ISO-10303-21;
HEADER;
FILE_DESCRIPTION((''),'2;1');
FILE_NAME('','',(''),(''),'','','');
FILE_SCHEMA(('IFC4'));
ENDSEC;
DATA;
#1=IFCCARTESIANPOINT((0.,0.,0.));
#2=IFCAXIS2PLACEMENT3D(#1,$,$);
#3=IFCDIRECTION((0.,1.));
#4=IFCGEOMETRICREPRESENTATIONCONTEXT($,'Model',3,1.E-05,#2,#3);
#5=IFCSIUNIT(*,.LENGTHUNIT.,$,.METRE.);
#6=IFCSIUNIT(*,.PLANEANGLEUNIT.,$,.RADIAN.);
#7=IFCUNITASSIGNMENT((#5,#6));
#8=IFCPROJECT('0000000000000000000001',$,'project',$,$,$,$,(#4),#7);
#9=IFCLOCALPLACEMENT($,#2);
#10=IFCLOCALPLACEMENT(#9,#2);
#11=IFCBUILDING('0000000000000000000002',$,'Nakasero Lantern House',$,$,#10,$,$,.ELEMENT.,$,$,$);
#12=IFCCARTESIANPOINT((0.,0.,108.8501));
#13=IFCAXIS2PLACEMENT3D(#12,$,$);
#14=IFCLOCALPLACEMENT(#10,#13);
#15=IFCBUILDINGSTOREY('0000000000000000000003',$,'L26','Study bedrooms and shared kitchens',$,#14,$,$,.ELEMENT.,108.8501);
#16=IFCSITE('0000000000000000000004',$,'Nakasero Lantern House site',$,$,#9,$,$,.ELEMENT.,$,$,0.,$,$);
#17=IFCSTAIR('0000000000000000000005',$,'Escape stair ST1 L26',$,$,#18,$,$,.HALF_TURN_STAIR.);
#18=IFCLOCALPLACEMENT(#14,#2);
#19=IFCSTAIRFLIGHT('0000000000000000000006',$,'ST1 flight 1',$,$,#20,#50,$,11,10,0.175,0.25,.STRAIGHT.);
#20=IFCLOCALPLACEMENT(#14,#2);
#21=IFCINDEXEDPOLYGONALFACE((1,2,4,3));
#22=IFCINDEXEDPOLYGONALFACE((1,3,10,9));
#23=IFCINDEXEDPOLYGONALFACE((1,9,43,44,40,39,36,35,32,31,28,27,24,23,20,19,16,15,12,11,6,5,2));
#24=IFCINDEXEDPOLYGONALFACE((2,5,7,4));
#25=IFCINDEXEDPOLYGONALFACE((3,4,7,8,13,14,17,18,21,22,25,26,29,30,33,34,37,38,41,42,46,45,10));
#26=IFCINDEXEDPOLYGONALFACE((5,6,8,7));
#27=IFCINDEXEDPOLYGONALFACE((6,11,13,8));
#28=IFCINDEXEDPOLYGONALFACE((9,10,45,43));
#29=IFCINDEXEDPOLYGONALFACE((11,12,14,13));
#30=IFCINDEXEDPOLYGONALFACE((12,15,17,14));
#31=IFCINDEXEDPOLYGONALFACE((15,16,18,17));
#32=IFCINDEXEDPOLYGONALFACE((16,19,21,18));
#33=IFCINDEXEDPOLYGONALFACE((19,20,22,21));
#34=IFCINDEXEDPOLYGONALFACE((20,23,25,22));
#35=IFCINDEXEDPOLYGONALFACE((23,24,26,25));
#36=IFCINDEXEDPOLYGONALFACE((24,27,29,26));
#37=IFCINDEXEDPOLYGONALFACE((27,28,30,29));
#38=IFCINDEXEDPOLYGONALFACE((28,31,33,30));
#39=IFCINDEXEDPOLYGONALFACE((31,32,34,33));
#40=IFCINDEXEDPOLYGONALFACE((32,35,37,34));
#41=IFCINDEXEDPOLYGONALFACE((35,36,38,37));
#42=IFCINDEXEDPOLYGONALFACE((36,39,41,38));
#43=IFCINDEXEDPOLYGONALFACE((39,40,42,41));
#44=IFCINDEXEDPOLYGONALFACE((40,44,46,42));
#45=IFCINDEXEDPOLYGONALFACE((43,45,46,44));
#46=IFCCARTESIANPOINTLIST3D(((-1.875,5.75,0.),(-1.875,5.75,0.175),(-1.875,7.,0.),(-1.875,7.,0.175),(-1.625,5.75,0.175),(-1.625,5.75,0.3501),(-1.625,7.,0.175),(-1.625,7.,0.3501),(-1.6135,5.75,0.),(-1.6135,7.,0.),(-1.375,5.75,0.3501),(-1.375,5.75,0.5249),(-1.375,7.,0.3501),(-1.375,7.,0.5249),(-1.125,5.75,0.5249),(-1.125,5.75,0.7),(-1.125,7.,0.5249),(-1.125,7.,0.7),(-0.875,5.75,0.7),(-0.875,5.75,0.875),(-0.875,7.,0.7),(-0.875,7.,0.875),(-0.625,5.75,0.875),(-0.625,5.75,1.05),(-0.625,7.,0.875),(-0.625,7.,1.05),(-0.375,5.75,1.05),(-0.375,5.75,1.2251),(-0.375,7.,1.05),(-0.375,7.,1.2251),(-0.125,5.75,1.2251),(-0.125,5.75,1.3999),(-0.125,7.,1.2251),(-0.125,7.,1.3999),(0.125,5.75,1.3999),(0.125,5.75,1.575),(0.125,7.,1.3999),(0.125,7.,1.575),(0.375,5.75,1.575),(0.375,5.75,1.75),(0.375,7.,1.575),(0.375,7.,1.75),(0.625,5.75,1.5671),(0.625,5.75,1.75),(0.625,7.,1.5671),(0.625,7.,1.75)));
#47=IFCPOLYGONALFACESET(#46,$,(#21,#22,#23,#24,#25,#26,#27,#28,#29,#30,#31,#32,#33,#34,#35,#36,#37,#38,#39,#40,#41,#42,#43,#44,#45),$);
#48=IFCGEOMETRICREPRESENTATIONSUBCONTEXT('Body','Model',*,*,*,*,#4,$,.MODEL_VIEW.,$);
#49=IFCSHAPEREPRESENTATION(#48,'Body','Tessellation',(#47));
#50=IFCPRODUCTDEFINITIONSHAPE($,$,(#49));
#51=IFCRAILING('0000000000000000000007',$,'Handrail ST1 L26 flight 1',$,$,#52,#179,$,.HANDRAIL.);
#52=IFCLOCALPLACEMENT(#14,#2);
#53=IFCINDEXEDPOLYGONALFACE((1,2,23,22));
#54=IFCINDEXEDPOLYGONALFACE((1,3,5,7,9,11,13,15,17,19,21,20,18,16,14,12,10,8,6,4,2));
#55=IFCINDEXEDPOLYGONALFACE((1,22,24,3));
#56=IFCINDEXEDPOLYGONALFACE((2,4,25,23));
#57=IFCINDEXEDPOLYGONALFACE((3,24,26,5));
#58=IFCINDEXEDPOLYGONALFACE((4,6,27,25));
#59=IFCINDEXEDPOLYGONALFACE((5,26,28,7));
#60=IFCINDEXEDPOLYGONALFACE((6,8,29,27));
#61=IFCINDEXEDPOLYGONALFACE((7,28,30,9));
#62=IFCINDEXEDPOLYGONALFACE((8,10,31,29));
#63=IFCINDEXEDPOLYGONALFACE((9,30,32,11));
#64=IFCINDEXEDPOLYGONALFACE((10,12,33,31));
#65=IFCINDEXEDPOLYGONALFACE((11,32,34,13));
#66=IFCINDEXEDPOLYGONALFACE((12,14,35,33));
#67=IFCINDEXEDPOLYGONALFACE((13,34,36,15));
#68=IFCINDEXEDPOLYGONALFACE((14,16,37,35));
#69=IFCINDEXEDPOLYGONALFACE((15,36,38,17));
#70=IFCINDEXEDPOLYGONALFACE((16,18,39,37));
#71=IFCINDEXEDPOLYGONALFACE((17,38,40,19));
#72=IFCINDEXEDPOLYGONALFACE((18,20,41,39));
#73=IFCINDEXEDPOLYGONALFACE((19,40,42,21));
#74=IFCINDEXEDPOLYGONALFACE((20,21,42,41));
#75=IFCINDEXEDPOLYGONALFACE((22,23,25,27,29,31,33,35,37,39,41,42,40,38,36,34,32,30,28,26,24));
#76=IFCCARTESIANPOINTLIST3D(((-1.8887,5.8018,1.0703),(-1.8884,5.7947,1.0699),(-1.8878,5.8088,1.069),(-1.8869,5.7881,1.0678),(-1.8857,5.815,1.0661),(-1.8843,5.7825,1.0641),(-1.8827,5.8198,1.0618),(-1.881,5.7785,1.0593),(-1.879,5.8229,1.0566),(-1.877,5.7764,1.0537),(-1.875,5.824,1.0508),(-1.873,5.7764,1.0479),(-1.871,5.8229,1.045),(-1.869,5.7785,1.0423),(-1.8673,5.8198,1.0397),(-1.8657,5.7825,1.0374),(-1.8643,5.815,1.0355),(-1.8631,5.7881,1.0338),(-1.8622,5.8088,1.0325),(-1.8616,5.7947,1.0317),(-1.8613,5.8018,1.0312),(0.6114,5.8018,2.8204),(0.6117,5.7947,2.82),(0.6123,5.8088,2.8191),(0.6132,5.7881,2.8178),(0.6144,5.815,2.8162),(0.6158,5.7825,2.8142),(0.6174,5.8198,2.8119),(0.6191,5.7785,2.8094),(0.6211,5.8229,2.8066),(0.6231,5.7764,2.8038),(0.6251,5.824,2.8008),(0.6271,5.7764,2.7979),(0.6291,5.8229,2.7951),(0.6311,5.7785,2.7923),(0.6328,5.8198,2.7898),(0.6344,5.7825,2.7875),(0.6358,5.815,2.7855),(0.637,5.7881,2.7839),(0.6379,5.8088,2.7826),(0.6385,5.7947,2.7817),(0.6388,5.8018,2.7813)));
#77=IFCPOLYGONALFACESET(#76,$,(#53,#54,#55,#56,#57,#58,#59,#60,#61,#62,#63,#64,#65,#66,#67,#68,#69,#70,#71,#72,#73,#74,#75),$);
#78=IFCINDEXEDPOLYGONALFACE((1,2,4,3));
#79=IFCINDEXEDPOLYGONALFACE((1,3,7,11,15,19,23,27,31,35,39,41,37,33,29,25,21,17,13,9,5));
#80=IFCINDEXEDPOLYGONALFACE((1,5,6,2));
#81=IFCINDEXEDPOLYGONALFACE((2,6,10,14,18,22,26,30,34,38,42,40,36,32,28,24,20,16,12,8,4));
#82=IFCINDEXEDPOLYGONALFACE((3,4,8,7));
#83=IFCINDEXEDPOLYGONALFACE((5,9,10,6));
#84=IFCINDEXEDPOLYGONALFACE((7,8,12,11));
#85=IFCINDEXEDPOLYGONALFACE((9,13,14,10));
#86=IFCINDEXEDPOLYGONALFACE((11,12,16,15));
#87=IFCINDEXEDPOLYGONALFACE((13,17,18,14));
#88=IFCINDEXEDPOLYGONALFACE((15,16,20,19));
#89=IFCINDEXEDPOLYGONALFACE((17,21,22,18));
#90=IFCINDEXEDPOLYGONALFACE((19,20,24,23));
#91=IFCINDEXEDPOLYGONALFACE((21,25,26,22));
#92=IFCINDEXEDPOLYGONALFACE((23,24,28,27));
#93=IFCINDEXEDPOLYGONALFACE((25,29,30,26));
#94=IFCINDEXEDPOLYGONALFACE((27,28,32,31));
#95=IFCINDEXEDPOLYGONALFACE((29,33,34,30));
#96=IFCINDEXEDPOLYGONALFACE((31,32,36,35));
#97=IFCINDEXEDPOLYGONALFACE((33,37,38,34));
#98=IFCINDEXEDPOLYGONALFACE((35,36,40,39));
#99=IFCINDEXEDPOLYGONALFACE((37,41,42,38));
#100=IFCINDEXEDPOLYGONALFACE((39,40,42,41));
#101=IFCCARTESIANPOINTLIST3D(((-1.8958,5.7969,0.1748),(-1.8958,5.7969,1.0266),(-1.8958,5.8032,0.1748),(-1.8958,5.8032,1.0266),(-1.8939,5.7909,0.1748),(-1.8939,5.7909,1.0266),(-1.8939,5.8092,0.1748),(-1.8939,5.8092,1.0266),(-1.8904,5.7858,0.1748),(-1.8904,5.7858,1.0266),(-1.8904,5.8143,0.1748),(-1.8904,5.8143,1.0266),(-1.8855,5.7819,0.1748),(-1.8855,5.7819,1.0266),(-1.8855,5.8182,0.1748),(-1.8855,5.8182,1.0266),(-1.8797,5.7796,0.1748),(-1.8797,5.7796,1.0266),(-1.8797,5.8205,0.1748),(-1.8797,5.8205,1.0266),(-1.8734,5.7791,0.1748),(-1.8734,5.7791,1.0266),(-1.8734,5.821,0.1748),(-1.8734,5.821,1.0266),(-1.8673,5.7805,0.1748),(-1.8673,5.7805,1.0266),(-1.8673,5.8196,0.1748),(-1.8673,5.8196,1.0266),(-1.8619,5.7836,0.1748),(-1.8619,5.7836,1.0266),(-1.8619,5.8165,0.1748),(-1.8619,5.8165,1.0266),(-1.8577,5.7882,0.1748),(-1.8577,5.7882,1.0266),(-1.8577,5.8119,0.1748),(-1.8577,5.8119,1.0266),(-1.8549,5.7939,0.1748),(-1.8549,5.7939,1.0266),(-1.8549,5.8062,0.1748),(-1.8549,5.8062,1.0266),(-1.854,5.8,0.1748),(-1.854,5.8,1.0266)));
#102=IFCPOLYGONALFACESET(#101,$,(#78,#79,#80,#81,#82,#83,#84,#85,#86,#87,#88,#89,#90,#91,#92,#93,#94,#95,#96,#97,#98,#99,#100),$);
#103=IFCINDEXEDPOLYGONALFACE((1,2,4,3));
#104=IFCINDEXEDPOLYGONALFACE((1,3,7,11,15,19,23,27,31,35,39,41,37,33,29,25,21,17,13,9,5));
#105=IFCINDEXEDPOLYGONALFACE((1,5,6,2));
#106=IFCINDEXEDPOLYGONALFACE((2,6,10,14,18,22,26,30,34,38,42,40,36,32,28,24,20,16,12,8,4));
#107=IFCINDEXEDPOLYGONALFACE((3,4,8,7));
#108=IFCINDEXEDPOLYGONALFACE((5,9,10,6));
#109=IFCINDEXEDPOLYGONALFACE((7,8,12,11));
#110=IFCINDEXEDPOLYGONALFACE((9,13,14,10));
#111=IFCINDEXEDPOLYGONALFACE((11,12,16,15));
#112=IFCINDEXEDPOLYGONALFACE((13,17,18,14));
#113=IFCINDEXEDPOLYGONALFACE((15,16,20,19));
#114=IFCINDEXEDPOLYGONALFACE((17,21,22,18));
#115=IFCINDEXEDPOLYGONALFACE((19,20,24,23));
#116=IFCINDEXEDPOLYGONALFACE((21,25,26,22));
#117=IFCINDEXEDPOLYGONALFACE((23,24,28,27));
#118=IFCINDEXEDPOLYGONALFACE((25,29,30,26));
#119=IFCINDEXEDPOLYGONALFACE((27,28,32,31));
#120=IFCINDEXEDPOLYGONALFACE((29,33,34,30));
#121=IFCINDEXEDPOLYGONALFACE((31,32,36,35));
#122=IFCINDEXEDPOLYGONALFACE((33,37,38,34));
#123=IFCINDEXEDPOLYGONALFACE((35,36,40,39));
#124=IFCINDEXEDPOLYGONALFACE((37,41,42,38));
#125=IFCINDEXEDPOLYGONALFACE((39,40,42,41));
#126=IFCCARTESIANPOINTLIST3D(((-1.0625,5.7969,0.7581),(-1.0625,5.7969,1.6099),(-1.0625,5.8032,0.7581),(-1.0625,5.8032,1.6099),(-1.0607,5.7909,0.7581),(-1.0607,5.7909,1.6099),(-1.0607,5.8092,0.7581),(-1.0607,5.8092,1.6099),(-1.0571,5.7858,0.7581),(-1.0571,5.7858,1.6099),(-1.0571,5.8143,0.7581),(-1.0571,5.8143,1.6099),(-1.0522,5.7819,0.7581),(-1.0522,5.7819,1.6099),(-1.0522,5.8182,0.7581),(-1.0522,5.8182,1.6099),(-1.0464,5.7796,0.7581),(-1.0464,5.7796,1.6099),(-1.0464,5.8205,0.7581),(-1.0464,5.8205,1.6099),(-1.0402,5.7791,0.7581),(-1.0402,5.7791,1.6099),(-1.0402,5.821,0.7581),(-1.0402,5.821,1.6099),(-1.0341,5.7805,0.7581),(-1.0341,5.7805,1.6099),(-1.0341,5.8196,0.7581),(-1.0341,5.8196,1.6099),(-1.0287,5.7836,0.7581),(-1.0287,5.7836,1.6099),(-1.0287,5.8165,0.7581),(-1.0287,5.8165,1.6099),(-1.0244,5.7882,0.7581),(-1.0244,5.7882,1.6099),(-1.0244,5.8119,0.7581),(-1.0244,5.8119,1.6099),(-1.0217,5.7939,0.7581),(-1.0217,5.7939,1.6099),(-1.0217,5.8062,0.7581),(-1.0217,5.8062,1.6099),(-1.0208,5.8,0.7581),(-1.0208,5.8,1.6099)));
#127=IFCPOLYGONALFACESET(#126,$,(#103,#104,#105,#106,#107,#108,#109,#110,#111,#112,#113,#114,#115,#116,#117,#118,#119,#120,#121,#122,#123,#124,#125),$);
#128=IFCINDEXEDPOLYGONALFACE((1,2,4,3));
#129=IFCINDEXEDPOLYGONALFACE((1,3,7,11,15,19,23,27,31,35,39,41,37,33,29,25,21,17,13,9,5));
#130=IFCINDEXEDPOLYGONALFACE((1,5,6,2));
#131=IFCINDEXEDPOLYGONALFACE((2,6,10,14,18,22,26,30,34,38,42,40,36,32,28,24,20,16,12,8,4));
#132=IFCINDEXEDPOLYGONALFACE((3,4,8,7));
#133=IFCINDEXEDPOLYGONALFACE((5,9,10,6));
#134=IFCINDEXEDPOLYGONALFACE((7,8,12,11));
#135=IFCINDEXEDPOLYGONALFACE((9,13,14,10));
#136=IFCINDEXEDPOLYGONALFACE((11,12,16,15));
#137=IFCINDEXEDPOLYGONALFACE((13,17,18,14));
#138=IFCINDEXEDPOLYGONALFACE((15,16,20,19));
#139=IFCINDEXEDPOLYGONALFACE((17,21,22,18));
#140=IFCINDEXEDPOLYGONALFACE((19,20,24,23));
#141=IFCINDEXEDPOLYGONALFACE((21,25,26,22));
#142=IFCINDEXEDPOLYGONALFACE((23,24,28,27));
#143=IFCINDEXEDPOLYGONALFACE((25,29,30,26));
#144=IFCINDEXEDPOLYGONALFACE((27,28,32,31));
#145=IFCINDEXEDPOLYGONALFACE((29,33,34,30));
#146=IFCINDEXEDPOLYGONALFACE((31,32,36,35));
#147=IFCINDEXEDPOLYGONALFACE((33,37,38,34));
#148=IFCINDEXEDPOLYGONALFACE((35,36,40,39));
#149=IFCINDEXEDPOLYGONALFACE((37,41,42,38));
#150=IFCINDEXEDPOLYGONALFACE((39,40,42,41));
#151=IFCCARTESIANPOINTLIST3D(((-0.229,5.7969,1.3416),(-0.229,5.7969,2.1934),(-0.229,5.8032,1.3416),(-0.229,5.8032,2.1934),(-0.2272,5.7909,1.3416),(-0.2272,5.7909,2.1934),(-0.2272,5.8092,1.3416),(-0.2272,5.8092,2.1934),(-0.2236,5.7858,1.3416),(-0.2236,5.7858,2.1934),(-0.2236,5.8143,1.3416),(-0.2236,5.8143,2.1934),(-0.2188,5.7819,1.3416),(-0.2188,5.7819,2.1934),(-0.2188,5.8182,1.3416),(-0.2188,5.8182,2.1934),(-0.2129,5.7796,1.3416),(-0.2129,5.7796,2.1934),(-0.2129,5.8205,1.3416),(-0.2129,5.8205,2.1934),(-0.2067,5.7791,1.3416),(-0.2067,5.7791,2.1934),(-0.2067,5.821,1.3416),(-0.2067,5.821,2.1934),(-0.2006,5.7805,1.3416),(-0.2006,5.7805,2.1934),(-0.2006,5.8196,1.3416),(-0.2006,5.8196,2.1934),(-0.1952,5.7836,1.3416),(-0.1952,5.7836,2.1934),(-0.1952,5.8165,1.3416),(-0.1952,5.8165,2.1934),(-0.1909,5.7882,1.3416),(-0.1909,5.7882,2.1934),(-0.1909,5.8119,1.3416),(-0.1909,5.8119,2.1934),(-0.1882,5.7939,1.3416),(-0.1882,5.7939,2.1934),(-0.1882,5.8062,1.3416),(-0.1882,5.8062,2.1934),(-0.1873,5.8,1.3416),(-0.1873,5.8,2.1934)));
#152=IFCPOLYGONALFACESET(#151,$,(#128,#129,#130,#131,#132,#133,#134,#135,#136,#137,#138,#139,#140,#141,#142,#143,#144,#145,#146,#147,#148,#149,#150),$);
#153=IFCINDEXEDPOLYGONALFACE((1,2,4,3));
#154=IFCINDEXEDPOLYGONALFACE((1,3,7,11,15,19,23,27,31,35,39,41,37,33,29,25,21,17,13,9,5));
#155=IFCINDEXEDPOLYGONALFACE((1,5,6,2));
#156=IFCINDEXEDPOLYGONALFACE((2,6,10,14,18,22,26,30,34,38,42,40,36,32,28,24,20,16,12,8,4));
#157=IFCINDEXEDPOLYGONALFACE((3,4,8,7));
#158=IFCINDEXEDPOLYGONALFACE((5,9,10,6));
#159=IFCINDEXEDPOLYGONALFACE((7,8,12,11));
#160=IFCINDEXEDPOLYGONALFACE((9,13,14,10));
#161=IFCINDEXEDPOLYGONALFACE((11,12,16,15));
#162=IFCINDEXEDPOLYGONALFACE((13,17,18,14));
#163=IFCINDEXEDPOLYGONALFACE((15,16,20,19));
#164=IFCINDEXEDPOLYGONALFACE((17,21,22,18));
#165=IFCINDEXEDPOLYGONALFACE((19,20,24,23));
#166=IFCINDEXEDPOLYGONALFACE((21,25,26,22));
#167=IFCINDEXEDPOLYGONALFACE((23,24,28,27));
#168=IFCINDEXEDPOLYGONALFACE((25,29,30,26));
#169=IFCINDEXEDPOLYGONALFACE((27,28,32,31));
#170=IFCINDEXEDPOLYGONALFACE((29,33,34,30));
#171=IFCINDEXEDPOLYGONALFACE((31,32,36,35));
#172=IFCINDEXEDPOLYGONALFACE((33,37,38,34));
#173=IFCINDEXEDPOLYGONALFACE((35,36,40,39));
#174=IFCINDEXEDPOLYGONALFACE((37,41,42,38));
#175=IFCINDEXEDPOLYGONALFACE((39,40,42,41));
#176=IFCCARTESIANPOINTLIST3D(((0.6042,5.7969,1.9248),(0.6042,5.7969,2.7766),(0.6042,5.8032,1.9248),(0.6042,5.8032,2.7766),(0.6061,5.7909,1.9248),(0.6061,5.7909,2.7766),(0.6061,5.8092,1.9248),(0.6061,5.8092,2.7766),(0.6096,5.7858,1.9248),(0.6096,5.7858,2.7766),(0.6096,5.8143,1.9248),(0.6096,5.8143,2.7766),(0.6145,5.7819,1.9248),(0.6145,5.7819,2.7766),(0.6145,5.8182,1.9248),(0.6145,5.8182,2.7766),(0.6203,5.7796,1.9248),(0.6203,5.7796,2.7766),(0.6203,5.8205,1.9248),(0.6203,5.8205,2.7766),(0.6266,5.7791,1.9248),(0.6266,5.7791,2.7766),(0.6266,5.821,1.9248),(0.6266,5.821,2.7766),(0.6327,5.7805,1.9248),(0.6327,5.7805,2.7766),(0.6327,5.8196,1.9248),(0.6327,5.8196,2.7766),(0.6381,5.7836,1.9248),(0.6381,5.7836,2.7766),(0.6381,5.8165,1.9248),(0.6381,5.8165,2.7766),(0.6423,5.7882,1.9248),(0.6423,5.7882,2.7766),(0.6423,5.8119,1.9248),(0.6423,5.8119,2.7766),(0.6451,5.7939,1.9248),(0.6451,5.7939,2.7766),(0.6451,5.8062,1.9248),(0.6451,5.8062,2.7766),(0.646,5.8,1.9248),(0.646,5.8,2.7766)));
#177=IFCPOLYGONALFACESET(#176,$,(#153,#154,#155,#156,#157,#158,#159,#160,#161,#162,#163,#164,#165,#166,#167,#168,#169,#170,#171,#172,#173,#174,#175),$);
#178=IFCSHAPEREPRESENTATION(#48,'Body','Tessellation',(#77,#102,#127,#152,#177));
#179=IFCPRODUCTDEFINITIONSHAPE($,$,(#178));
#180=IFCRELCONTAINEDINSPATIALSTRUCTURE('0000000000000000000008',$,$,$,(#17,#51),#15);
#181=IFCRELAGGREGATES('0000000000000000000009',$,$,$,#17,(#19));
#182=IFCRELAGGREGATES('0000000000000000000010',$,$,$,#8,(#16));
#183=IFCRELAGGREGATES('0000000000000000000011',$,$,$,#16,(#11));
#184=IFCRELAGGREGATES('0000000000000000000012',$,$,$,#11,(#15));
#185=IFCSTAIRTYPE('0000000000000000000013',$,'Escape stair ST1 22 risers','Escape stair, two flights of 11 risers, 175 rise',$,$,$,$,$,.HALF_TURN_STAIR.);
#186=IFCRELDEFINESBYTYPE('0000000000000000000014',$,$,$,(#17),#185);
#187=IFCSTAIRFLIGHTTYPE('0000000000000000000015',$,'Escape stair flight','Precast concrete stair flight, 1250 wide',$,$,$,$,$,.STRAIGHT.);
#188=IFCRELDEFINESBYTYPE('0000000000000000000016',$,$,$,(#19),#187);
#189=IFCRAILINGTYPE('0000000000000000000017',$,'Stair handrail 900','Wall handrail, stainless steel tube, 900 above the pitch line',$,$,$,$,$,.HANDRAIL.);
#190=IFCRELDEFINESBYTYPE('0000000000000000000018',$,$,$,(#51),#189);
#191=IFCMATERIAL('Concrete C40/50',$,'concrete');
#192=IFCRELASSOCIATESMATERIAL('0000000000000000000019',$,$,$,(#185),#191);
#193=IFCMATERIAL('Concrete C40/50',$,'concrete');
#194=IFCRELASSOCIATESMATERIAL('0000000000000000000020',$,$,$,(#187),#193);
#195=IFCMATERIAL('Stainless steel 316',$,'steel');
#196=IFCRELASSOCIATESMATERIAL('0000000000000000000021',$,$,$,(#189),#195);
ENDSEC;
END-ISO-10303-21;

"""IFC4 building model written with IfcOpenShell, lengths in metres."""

from ifc_helpers import new_model, si_unit, direction, frame, origin, origin_2d, place, context, subcontext, project, spatial, polyline, circle, outline, extrude, material, type_object, element, aggregate, save


model = new_model("IFC4")

# Units and contexts
model_context = context("Model", 3, precision=1e-05, world=origin(), true_north=direction((0.0, 1.0)))
body_context = subcontext(model_context, "Body", "Model", "MODEL_VIEW")
ifc_project = project(units=[si_unit("LENGTHUNIT", "METRE"), si_unit("PLANEANGLEUNIT", "RADIAN")], contexts=[model_context])

# Site, building, storey
site_placement = place(None, origin())
site = spatial("IfcSite", under=ifc_project, at=site_placement, Name="Nakasero Lantern House site", CompositionType="ELEMENT", RefElevation=0.0)
building_placement = place(site_placement, origin())
building = spatial("IfcBuilding", under=site, at=building_placement, Name="Nakasero Lantern House", CompositionType="ELEMENT")
storey_placement = place(building_placement, frame((0.0, 0.0, 108.8501)))
storey = spatial("IfcBuildingStorey", under=building, at=storey_placement, Name="L26", Description="Study bedrooms and shared kitchens", CompositionType="ELEMENT", Elevation=108.8501)

# Stair, stair flight
ifc_material_1 = material(Name="Concrete C40/50", Category="concrete")
stair_type = type_object("IfcStairType", Name="Escape stair ST1 22 risers", Description="Escape stair, two flights of 11 risers, 175 rise", PredefinedType="HALF_TURN_STAIR", material=ifc_material_1)
stair_placement = place(storey_placement, origin())
stair = element("IfcStair", 1, at=stair_placement, inside=storey, type_object=stair_type, Name="Escape stair ST1 L26", PredefinedType="HALF_TURN_STAIR")
ifc_material_2 = material(Name="Concrete C40/50", Category="concrete")
stair_flight_type = type_object("IfcStairFlightType", Name="Escape stair flight", Description="Precast concrete stair flight, 1250 wide", PredefinedType="STRAIGHT", material=ifc_material_2)
stair_flight_placement = place(storey_placement, frame((-1.875, 6.375, 0.0), z_axis=(0.0, 0.0, 1.0), x_axis=(1.0, 0.0, 0.0)))
stair_flight = element("IfcStairFlight", 2, at=stair_flight_placement, type_object=stair_flight_type, Name="ST1 flight 1", NumberOfRisers=11, NumberOfTreads=10, PredefinedType="STRAIGHT", RiserHeight=0.175, TreadLength=0.25, context=body_context, shape_type="SweptSolid", body=[
    extrude(outline(polyline([(0.0, 0.0), (0.0, 0.175), (0.25, 0.175), (0.25, 0.3501), (0.5, 0.3501), (0.5, 0.5249), (0.75, 0.5249), (0.75, 0.7), (1.0, 0.7), (1.0, 0.875), (1.25, 0.875), (1.25, 1.05), (1.5, 1.05), (1.5, 1.2251), (1.75, 1.2251), (1.75, 1.3999), (2.0, 1.3999), (2.0, 1.575), (2.25, 1.575), (2.25, 1.75), (2.5, 1.75), (2.5, 1.925), (2.5, 1.5671), (0.2615, 0.0), (0.0, 0.0)])), frame((0.0, 0.625, 0.0), z_axis=(0.0, -1.0, 0.0), x_axis=(1.0, 0.0, 0.0)), (0.0, 0.0, 1.0), 1.25),
])
aggregate(stair, [stair_flight])

# Railing
ifc_material_3 = material(Name="Stainless steel 316", Category="steel")
railing_type = type_object("IfcRailingType", Name="Stair handrail 900", Description="Wall handrail, stainless steel tube, 900 above the pitch line", PredefinedType="HANDRAIL", material=ifc_material_3)
railing_placement = place(storey_placement, frame((-1.875, 5.8, 0.1748)))
element("IfcRailing", 3, at=railing_placement, inside=storey, type_object=railing_type, Name="Handrail ST1 L26 flight 1", PredefinedType="HANDRAIL", context=body_context, shape_type="SweptSolid", body=[
    extrude(circle(Radius=0.0239, at=origin_2d()), frame((0.0, 0.0, 0.876), z_axis=(0.819232, 0.0, 0.573462), x_axis=(0.0, 1.0, 0.0)), (0.0, 0.0, 1.0), 3.0518),
    extrude(circle(Radius=0.021, at=origin_2d()), origin(), (0.0, 0.0, 1.0), 0.8518),
    extrude(circle(Radius=0.021, at=origin_2d()), frame((0.8333, 0.0, 0.5833)), (0.0, 0.0, 1.0), 0.8518),
    extrude(circle(Radius=0.021, at=origin_2d()), frame((1.6667, 0.0, 1.1667)), (0.0, 0.0, 1.0), 0.8518),
    extrude(circle(Radius=0.021, at=origin_2d()), frame((2.5, 0.0, 1.75)), (0.0, 0.0, 1.0), 0.8518),
])

save(model, "model.ifc")
